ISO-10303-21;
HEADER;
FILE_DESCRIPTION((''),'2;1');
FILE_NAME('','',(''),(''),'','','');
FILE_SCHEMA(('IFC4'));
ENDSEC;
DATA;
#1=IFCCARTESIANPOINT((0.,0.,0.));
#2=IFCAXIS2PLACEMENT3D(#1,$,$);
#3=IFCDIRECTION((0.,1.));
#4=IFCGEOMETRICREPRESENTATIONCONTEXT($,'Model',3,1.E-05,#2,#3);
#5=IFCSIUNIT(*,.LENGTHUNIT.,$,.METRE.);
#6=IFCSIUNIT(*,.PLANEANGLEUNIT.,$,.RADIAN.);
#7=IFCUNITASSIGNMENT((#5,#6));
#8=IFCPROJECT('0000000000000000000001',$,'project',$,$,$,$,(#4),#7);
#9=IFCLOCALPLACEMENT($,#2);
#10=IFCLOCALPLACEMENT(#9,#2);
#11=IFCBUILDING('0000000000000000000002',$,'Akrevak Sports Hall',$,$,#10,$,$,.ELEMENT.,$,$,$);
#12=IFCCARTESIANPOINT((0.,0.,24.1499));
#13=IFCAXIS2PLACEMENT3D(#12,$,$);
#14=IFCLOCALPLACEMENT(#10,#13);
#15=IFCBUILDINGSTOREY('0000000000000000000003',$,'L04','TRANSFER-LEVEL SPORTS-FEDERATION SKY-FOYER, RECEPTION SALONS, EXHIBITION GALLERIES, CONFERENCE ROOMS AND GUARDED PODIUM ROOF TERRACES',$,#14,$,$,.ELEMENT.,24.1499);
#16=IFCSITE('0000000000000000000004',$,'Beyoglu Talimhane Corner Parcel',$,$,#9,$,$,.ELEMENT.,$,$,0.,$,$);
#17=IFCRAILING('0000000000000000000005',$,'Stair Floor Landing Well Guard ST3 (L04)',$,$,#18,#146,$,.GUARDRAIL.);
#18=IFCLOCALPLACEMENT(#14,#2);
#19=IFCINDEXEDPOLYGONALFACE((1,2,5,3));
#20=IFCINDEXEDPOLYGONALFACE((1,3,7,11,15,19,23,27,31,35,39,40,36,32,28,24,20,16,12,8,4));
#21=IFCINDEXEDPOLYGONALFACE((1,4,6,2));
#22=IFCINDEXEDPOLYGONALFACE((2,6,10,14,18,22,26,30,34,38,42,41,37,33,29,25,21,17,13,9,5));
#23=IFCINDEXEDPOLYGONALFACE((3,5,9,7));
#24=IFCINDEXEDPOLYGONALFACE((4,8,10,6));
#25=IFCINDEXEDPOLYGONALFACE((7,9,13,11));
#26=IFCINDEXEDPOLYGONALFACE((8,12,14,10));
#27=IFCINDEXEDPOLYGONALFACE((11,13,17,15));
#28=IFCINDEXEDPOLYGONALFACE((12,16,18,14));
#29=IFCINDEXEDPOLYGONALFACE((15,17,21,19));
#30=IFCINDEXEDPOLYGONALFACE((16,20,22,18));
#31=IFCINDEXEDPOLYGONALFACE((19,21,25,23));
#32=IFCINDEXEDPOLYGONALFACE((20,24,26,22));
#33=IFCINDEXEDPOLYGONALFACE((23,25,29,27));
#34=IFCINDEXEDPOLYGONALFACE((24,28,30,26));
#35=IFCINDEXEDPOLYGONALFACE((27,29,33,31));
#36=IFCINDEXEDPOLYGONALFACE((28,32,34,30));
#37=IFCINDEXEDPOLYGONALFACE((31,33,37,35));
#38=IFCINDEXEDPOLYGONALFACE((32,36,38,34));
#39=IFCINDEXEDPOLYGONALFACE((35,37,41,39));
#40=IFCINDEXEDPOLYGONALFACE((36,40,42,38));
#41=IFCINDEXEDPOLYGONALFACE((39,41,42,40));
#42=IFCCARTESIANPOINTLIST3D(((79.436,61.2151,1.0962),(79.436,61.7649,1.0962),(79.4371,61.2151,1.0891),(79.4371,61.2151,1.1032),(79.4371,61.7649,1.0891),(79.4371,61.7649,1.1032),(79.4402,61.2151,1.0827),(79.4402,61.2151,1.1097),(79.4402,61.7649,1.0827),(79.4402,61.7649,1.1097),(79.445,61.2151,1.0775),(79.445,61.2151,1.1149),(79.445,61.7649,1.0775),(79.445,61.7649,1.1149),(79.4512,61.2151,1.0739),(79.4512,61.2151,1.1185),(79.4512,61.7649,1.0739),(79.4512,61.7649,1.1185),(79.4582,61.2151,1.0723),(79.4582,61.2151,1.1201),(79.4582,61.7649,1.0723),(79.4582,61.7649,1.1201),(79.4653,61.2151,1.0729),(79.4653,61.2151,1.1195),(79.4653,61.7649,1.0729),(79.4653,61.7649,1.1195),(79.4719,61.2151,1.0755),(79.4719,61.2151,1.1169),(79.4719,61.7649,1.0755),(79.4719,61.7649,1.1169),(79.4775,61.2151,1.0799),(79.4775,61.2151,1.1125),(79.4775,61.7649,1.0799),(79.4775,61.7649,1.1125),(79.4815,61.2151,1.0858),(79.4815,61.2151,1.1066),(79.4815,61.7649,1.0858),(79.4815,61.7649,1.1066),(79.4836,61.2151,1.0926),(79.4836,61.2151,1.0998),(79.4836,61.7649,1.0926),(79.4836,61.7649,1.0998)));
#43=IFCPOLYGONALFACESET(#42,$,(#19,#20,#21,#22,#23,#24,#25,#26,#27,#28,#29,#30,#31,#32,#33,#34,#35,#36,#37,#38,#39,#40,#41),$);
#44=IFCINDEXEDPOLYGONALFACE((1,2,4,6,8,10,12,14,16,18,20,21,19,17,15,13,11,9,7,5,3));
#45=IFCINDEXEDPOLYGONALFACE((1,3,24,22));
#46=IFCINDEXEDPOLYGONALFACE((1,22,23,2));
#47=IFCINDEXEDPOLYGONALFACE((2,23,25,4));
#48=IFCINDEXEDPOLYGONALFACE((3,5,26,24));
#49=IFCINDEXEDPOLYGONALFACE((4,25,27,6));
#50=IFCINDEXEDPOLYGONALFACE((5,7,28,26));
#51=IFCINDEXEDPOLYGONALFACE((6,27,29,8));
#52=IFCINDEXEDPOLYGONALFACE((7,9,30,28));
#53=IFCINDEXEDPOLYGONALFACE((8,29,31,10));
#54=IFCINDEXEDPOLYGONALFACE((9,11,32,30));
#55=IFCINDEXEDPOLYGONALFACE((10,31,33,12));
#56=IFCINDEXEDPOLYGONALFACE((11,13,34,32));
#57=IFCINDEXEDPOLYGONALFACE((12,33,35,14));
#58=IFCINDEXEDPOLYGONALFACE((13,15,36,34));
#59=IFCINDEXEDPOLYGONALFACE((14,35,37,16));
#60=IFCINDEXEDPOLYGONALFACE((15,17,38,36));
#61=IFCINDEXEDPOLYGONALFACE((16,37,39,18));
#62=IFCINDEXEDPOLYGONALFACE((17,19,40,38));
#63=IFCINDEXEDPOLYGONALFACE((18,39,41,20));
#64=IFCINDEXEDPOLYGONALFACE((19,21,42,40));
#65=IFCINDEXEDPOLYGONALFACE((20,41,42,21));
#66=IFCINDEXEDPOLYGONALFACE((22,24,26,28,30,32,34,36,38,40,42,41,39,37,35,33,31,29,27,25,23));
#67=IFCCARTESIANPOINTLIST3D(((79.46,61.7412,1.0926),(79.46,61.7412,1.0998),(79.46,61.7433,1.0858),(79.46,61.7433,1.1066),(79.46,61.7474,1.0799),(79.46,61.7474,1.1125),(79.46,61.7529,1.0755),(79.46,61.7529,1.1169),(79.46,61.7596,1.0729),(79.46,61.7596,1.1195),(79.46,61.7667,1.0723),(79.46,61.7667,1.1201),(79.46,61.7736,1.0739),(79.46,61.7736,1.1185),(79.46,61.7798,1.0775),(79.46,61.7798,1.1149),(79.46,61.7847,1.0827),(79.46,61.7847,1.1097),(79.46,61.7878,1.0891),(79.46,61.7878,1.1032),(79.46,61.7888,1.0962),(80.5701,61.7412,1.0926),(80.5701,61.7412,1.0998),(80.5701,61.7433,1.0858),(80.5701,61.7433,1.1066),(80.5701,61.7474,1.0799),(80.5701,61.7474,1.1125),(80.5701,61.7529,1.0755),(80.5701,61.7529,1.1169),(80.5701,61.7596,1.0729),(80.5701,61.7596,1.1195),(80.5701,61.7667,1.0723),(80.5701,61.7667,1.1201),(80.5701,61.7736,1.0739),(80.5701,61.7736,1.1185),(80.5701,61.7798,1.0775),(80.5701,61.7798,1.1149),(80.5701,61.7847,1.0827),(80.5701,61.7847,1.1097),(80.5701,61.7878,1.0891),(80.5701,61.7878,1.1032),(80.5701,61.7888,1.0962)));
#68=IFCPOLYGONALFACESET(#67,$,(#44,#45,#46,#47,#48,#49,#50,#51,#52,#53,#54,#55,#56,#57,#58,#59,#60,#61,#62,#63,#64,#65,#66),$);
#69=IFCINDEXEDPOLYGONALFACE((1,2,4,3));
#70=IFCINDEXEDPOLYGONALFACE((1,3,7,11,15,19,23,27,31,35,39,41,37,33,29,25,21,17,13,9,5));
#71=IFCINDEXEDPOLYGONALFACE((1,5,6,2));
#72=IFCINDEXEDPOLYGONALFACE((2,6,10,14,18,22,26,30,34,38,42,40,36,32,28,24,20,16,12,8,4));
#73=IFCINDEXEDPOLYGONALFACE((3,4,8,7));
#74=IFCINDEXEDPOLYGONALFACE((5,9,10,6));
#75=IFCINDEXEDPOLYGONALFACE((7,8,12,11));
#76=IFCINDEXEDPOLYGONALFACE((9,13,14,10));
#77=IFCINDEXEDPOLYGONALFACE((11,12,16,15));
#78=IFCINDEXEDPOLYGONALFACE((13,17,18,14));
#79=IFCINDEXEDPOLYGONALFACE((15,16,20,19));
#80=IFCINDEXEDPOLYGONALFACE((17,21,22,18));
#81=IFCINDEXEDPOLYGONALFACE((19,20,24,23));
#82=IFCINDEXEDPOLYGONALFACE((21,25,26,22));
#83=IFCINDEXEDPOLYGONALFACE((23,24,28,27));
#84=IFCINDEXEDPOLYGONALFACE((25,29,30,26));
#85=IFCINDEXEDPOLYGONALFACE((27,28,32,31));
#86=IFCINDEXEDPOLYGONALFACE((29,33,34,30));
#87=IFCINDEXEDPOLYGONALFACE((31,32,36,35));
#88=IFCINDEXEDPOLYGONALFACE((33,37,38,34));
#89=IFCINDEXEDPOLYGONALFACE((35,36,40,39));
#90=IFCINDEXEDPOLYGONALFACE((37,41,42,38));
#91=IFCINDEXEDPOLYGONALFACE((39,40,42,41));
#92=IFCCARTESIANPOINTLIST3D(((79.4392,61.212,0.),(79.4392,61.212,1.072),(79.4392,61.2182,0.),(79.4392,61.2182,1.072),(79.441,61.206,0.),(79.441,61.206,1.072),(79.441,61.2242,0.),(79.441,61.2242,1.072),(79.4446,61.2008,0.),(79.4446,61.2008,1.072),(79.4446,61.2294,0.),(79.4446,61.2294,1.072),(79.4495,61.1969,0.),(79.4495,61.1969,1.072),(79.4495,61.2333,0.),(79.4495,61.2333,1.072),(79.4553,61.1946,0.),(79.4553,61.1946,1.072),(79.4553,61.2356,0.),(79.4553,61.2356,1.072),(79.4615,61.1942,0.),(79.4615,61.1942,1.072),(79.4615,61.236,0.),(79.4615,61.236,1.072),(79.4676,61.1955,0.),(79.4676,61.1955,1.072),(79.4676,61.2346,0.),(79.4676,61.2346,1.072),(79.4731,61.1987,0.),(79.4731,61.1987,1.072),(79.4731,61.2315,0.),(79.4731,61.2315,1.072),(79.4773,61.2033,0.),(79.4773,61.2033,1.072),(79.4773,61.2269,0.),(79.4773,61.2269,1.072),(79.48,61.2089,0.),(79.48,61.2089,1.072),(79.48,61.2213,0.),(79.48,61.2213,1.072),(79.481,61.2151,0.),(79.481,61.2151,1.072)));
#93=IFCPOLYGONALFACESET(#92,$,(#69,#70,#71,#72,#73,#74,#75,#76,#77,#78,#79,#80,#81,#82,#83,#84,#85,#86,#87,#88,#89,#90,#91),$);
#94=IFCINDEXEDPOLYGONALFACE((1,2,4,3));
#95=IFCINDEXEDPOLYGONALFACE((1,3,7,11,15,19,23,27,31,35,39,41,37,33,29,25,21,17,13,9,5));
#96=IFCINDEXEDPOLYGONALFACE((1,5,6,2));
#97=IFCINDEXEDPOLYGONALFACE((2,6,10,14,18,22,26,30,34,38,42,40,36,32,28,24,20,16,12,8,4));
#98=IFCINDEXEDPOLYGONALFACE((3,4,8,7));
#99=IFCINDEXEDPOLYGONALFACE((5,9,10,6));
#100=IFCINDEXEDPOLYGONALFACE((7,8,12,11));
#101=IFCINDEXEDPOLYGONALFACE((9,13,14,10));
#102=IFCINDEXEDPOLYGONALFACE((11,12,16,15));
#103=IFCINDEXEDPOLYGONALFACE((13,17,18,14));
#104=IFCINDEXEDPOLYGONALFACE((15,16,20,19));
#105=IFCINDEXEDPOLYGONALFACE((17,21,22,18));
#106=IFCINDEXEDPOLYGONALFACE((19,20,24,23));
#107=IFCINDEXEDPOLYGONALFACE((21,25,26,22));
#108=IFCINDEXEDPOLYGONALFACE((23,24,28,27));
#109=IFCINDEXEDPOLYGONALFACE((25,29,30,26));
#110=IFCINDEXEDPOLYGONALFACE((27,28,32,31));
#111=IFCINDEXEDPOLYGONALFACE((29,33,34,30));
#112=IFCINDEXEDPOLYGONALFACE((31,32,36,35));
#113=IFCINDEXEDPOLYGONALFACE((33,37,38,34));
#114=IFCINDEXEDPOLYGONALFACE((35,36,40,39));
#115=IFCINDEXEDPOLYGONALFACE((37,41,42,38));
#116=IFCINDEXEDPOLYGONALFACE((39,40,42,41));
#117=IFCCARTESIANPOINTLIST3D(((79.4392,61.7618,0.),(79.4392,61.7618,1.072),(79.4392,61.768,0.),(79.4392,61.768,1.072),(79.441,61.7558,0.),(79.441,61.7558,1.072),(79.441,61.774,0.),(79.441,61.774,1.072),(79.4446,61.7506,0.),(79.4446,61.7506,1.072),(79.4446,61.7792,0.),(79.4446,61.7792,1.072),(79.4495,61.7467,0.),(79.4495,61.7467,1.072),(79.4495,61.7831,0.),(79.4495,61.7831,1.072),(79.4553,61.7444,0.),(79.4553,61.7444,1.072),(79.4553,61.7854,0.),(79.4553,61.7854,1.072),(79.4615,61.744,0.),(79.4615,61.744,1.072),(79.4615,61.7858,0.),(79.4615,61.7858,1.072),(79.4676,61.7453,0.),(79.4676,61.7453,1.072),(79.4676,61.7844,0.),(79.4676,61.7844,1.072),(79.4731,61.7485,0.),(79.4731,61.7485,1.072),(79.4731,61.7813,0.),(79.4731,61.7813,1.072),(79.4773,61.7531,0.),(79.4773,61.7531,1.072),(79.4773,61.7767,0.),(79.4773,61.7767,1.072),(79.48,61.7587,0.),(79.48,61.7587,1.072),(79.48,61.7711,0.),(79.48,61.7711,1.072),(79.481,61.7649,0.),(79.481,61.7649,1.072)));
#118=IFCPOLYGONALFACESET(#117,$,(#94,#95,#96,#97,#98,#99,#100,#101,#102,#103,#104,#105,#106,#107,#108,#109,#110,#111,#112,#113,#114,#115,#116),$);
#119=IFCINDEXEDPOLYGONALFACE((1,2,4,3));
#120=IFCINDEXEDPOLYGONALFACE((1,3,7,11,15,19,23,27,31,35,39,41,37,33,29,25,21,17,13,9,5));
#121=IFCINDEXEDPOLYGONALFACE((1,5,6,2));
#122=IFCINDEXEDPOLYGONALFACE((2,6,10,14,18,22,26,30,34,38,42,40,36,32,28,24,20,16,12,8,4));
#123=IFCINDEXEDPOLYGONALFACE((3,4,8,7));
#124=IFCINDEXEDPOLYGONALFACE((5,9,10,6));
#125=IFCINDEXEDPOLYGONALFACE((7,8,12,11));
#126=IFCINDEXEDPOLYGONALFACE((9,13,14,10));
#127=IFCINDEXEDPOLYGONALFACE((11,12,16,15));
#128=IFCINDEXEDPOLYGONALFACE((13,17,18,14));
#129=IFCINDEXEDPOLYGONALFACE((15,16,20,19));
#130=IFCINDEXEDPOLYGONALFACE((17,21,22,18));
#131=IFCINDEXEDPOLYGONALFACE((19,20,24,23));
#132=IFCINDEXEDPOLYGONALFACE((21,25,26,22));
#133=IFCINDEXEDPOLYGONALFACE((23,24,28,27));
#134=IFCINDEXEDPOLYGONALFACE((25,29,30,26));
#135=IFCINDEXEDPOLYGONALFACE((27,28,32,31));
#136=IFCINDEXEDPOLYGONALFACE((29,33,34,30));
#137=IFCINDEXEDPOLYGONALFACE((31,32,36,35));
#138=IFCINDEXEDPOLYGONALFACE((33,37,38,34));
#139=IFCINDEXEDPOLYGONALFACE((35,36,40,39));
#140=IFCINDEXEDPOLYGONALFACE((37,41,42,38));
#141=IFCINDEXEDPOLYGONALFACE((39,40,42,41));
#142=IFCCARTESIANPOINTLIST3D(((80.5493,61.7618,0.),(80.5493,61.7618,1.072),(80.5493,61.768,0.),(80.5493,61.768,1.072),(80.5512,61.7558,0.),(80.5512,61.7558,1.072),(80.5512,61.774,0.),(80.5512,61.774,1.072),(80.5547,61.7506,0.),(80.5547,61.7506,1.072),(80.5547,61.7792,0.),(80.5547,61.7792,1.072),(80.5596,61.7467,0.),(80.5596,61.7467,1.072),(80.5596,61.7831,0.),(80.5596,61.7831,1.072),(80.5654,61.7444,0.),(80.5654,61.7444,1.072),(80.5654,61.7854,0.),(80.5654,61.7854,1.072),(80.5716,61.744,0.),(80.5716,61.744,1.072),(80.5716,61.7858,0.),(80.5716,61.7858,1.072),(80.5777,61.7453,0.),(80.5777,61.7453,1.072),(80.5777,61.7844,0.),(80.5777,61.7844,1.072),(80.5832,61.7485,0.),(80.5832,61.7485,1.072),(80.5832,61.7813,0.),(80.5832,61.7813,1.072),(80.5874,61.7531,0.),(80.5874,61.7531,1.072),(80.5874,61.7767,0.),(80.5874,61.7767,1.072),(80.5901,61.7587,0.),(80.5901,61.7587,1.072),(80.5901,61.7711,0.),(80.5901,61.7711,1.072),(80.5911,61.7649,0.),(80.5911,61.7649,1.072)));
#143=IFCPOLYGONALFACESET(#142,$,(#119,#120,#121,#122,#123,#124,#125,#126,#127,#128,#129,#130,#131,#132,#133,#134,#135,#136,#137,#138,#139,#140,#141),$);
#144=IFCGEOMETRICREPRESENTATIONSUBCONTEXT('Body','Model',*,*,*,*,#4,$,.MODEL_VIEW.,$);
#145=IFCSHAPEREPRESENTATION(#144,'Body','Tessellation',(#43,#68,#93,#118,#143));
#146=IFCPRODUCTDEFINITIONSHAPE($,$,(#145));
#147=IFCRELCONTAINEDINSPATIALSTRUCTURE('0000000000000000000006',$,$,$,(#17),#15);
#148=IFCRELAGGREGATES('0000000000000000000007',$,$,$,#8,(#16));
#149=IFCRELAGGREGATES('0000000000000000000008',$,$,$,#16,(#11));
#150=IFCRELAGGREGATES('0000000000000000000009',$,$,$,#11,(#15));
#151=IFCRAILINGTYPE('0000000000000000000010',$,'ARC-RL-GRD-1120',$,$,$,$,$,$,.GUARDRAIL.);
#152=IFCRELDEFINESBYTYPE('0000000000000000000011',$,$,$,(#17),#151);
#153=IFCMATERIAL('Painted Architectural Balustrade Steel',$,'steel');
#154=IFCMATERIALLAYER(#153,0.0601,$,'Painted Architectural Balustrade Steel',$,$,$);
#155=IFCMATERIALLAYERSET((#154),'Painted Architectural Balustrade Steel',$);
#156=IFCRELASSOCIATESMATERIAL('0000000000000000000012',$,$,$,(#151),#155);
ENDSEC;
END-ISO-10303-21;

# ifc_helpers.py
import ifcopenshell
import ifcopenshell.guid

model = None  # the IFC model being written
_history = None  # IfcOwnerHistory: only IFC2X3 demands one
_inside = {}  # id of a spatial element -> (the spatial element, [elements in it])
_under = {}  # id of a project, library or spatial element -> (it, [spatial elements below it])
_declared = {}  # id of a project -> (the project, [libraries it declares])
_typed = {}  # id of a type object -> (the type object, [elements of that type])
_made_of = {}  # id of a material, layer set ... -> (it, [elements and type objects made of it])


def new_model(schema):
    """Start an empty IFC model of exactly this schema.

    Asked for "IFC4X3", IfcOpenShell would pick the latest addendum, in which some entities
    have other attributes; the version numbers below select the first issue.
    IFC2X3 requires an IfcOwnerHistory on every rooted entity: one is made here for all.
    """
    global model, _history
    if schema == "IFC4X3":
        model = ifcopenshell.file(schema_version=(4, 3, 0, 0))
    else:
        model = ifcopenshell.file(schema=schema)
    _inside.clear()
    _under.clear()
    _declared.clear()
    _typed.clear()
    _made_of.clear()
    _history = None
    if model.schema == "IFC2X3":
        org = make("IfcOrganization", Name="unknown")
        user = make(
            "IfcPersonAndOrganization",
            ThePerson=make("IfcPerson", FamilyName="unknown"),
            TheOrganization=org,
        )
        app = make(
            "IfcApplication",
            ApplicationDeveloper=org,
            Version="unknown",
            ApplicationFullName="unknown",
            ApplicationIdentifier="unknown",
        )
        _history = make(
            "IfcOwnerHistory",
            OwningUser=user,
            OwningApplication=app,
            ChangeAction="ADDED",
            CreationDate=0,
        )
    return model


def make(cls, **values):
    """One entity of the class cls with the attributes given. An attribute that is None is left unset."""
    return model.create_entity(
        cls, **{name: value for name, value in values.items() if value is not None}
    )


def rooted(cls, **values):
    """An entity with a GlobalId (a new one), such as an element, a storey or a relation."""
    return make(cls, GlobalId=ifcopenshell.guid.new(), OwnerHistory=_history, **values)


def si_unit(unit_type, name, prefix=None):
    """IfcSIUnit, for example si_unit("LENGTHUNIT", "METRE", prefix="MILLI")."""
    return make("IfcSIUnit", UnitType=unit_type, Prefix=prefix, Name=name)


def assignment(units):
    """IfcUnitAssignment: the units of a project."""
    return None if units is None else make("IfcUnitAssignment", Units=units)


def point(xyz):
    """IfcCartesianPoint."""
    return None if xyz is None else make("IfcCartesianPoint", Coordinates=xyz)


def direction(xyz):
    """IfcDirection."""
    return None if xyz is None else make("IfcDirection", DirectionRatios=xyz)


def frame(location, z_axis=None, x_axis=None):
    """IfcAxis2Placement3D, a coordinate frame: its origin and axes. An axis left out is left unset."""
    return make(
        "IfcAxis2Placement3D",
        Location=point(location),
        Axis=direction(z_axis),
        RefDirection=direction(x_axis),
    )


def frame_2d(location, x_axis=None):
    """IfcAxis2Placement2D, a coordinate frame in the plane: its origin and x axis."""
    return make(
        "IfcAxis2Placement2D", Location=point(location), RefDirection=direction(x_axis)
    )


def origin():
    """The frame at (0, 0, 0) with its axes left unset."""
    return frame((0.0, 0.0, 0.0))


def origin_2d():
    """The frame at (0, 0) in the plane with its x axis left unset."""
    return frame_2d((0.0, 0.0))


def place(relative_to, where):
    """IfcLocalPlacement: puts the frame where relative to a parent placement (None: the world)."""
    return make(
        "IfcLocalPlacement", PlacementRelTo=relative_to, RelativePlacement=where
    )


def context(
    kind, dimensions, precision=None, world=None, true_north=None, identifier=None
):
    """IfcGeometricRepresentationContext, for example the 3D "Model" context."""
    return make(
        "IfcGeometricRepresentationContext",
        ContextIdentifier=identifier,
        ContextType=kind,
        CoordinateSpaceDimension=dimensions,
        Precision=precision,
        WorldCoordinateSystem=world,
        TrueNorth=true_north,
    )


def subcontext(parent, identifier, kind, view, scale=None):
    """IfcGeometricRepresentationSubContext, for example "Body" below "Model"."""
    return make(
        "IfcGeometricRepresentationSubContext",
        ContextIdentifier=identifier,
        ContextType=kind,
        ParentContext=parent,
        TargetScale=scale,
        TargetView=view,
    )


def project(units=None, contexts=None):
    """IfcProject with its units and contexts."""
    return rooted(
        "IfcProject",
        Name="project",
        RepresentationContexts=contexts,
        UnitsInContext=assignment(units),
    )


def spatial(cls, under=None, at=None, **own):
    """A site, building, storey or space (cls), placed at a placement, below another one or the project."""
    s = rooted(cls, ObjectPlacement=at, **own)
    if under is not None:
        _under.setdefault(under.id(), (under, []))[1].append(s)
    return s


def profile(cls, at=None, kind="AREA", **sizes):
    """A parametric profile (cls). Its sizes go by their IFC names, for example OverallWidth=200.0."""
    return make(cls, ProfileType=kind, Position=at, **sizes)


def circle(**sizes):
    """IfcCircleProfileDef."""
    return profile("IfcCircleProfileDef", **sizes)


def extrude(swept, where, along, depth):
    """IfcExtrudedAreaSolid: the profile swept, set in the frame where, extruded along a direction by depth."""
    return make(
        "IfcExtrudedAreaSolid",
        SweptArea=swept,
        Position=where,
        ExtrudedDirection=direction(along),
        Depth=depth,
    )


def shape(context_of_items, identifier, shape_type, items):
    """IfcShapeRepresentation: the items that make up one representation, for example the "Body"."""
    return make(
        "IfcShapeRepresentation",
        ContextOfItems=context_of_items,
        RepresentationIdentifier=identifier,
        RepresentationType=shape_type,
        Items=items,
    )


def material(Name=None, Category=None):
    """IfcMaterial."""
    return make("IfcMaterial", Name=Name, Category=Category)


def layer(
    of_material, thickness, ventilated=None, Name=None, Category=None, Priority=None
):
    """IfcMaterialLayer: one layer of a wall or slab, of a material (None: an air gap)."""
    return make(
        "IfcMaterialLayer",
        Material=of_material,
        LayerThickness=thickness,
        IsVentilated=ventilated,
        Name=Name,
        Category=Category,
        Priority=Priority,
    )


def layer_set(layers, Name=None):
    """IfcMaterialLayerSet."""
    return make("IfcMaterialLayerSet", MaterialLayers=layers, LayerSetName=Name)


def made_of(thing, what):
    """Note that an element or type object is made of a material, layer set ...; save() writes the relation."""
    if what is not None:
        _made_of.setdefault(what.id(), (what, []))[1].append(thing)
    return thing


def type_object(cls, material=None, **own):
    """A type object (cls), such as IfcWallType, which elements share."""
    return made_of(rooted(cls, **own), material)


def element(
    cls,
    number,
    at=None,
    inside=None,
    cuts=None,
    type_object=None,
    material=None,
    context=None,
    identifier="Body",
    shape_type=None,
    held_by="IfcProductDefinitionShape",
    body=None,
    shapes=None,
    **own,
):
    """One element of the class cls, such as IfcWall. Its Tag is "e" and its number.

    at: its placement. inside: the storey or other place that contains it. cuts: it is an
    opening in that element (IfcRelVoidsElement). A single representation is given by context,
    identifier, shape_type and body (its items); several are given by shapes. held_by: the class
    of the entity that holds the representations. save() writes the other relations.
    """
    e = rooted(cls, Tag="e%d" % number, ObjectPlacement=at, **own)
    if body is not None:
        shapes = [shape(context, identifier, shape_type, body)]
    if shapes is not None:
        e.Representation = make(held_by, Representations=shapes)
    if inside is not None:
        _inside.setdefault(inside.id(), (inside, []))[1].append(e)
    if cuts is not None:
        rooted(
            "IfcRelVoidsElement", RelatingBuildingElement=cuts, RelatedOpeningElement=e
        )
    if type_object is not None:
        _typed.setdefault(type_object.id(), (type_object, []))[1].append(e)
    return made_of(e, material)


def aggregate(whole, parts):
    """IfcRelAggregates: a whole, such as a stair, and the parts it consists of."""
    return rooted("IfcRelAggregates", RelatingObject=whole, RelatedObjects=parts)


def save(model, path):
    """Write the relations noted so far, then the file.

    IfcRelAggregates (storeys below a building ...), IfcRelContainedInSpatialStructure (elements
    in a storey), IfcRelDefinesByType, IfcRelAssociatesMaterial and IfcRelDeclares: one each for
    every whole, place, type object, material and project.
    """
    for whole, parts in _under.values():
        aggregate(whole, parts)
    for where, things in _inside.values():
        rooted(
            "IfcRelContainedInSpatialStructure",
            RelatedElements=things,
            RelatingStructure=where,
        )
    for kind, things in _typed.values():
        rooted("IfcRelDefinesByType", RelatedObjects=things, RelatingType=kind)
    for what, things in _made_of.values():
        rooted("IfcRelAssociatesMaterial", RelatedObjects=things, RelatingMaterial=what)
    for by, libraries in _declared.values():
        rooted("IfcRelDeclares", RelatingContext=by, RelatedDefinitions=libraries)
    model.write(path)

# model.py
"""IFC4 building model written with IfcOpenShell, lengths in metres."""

from ifc_helpers import new_model, si_unit, direction, frame, origin, origin_2d, place, context, subcontext, project, spatial, circle, extrude, material, layer, layer_set, type_object, element, save


model = new_model("IFC4")

# Units and contexts
model_context = context("Model", 3, precision=1e-05, world=origin(), true_north=direction((0.0, 1.0)))
body_context = subcontext(model_context, "Body", "Model", "MODEL_VIEW")
ifc_project = project(units=[si_unit("LENGTHUNIT", "METRE"), si_unit("PLANEANGLEUNIT", "RADIAN")], contexts=[model_context])

# Site, building, storey
site_placement = place(None, origin())
site = spatial("IfcSite", under=ifc_project, at=site_placement, Name="Beyoglu Talimhane Corner Parcel", CompositionType="ELEMENT", RefElevation=0.0)
building_placement = place(site_placement, origin())
building = spatial("IfcBuilding", under=site, at=building_placement, Name="Akrevak Sports Hall", CompositionType="ELEMENT")
storey_placement = place(building_placement, frame((0.0, 0.0, 24.1499)))
storey = spatial("IfcBuildingStorey", under=building, at=storey_placement, Name="L04", Description="TRANSFER-LEVEL SPORTS-FEDERATION SKY-FOYER, RECEPTION SALONS, EXHIBITION GALLERIES, CONFERENCE ROOMS AND GUARDED PODIUM ROOF TERRACES", CompositionType="ELEMENT", Elevation=24.1499)

# Railing
ifc_material_1 = material(Name="Painted Architectural Balustrade Steel", Category="steel")
ifc_layer_1 = layer(ifc_material_1, 0.0601, Name="Painted Architectural Balustrade Steel")
ifc_layer_set_1 = layer_set([ifc_layer_1], Name="Painted Architectural Balustrade Steel")
railing_type_1 = type_object("IfcRailingType", Name="ARC-RL-GRD-1120", PredefinedType="GUARDRAIL", material=ifc_layer_set_1)
railing_1_placement = place(storey_placement, frame((79.46, 61.2151, 0.0)))
element("IfcRailing", 1, at=railing_1_placement, inside=storey, type_object=railing_type_1, Name="Stair Floor Landing Well Guard ST3 (L04)", PredefinedType="GUARDRAIL", context=body_context, shape_type="SweptSolid", body=[
    extrude(circle(Radius=0.0239, at=origin_2d()), frame((0.0, 0.0, 1.0962), z_axis=(0.0, 1.0, 0.0), x_axis=(-1.0, 0.0, 0.0)), (0.0, 0.0, 1.0), 0.5498),
    extrude(circle(Radius=0.0239, at=origin_2d()), frame((0.0, 0.5498, 1.0962), z_axis=(1.0, 0.0, 0.0), x_axis=(0.0, 1.0, 0.0)), (0.0, 0.0, 1.0), 1.1101),
    extrude(circle(Radius=0.021, at=origin_2d()), origin(), (0.0, 0.0, 1.0), 1.072),
    extrude(circle(Radius=0.021, at=origin_2d()), frame((0.0, 0.5498, 0.0)), (0.0, 0.0, 1.0), 1.072),
    extrude(circle(Radius=0.021, at=origin_2d()), frame((1.1101, 0.5498, 0.0)), (0.0, 0.0, 1.0), 1.072),
])

save(model, "model.ifc")
